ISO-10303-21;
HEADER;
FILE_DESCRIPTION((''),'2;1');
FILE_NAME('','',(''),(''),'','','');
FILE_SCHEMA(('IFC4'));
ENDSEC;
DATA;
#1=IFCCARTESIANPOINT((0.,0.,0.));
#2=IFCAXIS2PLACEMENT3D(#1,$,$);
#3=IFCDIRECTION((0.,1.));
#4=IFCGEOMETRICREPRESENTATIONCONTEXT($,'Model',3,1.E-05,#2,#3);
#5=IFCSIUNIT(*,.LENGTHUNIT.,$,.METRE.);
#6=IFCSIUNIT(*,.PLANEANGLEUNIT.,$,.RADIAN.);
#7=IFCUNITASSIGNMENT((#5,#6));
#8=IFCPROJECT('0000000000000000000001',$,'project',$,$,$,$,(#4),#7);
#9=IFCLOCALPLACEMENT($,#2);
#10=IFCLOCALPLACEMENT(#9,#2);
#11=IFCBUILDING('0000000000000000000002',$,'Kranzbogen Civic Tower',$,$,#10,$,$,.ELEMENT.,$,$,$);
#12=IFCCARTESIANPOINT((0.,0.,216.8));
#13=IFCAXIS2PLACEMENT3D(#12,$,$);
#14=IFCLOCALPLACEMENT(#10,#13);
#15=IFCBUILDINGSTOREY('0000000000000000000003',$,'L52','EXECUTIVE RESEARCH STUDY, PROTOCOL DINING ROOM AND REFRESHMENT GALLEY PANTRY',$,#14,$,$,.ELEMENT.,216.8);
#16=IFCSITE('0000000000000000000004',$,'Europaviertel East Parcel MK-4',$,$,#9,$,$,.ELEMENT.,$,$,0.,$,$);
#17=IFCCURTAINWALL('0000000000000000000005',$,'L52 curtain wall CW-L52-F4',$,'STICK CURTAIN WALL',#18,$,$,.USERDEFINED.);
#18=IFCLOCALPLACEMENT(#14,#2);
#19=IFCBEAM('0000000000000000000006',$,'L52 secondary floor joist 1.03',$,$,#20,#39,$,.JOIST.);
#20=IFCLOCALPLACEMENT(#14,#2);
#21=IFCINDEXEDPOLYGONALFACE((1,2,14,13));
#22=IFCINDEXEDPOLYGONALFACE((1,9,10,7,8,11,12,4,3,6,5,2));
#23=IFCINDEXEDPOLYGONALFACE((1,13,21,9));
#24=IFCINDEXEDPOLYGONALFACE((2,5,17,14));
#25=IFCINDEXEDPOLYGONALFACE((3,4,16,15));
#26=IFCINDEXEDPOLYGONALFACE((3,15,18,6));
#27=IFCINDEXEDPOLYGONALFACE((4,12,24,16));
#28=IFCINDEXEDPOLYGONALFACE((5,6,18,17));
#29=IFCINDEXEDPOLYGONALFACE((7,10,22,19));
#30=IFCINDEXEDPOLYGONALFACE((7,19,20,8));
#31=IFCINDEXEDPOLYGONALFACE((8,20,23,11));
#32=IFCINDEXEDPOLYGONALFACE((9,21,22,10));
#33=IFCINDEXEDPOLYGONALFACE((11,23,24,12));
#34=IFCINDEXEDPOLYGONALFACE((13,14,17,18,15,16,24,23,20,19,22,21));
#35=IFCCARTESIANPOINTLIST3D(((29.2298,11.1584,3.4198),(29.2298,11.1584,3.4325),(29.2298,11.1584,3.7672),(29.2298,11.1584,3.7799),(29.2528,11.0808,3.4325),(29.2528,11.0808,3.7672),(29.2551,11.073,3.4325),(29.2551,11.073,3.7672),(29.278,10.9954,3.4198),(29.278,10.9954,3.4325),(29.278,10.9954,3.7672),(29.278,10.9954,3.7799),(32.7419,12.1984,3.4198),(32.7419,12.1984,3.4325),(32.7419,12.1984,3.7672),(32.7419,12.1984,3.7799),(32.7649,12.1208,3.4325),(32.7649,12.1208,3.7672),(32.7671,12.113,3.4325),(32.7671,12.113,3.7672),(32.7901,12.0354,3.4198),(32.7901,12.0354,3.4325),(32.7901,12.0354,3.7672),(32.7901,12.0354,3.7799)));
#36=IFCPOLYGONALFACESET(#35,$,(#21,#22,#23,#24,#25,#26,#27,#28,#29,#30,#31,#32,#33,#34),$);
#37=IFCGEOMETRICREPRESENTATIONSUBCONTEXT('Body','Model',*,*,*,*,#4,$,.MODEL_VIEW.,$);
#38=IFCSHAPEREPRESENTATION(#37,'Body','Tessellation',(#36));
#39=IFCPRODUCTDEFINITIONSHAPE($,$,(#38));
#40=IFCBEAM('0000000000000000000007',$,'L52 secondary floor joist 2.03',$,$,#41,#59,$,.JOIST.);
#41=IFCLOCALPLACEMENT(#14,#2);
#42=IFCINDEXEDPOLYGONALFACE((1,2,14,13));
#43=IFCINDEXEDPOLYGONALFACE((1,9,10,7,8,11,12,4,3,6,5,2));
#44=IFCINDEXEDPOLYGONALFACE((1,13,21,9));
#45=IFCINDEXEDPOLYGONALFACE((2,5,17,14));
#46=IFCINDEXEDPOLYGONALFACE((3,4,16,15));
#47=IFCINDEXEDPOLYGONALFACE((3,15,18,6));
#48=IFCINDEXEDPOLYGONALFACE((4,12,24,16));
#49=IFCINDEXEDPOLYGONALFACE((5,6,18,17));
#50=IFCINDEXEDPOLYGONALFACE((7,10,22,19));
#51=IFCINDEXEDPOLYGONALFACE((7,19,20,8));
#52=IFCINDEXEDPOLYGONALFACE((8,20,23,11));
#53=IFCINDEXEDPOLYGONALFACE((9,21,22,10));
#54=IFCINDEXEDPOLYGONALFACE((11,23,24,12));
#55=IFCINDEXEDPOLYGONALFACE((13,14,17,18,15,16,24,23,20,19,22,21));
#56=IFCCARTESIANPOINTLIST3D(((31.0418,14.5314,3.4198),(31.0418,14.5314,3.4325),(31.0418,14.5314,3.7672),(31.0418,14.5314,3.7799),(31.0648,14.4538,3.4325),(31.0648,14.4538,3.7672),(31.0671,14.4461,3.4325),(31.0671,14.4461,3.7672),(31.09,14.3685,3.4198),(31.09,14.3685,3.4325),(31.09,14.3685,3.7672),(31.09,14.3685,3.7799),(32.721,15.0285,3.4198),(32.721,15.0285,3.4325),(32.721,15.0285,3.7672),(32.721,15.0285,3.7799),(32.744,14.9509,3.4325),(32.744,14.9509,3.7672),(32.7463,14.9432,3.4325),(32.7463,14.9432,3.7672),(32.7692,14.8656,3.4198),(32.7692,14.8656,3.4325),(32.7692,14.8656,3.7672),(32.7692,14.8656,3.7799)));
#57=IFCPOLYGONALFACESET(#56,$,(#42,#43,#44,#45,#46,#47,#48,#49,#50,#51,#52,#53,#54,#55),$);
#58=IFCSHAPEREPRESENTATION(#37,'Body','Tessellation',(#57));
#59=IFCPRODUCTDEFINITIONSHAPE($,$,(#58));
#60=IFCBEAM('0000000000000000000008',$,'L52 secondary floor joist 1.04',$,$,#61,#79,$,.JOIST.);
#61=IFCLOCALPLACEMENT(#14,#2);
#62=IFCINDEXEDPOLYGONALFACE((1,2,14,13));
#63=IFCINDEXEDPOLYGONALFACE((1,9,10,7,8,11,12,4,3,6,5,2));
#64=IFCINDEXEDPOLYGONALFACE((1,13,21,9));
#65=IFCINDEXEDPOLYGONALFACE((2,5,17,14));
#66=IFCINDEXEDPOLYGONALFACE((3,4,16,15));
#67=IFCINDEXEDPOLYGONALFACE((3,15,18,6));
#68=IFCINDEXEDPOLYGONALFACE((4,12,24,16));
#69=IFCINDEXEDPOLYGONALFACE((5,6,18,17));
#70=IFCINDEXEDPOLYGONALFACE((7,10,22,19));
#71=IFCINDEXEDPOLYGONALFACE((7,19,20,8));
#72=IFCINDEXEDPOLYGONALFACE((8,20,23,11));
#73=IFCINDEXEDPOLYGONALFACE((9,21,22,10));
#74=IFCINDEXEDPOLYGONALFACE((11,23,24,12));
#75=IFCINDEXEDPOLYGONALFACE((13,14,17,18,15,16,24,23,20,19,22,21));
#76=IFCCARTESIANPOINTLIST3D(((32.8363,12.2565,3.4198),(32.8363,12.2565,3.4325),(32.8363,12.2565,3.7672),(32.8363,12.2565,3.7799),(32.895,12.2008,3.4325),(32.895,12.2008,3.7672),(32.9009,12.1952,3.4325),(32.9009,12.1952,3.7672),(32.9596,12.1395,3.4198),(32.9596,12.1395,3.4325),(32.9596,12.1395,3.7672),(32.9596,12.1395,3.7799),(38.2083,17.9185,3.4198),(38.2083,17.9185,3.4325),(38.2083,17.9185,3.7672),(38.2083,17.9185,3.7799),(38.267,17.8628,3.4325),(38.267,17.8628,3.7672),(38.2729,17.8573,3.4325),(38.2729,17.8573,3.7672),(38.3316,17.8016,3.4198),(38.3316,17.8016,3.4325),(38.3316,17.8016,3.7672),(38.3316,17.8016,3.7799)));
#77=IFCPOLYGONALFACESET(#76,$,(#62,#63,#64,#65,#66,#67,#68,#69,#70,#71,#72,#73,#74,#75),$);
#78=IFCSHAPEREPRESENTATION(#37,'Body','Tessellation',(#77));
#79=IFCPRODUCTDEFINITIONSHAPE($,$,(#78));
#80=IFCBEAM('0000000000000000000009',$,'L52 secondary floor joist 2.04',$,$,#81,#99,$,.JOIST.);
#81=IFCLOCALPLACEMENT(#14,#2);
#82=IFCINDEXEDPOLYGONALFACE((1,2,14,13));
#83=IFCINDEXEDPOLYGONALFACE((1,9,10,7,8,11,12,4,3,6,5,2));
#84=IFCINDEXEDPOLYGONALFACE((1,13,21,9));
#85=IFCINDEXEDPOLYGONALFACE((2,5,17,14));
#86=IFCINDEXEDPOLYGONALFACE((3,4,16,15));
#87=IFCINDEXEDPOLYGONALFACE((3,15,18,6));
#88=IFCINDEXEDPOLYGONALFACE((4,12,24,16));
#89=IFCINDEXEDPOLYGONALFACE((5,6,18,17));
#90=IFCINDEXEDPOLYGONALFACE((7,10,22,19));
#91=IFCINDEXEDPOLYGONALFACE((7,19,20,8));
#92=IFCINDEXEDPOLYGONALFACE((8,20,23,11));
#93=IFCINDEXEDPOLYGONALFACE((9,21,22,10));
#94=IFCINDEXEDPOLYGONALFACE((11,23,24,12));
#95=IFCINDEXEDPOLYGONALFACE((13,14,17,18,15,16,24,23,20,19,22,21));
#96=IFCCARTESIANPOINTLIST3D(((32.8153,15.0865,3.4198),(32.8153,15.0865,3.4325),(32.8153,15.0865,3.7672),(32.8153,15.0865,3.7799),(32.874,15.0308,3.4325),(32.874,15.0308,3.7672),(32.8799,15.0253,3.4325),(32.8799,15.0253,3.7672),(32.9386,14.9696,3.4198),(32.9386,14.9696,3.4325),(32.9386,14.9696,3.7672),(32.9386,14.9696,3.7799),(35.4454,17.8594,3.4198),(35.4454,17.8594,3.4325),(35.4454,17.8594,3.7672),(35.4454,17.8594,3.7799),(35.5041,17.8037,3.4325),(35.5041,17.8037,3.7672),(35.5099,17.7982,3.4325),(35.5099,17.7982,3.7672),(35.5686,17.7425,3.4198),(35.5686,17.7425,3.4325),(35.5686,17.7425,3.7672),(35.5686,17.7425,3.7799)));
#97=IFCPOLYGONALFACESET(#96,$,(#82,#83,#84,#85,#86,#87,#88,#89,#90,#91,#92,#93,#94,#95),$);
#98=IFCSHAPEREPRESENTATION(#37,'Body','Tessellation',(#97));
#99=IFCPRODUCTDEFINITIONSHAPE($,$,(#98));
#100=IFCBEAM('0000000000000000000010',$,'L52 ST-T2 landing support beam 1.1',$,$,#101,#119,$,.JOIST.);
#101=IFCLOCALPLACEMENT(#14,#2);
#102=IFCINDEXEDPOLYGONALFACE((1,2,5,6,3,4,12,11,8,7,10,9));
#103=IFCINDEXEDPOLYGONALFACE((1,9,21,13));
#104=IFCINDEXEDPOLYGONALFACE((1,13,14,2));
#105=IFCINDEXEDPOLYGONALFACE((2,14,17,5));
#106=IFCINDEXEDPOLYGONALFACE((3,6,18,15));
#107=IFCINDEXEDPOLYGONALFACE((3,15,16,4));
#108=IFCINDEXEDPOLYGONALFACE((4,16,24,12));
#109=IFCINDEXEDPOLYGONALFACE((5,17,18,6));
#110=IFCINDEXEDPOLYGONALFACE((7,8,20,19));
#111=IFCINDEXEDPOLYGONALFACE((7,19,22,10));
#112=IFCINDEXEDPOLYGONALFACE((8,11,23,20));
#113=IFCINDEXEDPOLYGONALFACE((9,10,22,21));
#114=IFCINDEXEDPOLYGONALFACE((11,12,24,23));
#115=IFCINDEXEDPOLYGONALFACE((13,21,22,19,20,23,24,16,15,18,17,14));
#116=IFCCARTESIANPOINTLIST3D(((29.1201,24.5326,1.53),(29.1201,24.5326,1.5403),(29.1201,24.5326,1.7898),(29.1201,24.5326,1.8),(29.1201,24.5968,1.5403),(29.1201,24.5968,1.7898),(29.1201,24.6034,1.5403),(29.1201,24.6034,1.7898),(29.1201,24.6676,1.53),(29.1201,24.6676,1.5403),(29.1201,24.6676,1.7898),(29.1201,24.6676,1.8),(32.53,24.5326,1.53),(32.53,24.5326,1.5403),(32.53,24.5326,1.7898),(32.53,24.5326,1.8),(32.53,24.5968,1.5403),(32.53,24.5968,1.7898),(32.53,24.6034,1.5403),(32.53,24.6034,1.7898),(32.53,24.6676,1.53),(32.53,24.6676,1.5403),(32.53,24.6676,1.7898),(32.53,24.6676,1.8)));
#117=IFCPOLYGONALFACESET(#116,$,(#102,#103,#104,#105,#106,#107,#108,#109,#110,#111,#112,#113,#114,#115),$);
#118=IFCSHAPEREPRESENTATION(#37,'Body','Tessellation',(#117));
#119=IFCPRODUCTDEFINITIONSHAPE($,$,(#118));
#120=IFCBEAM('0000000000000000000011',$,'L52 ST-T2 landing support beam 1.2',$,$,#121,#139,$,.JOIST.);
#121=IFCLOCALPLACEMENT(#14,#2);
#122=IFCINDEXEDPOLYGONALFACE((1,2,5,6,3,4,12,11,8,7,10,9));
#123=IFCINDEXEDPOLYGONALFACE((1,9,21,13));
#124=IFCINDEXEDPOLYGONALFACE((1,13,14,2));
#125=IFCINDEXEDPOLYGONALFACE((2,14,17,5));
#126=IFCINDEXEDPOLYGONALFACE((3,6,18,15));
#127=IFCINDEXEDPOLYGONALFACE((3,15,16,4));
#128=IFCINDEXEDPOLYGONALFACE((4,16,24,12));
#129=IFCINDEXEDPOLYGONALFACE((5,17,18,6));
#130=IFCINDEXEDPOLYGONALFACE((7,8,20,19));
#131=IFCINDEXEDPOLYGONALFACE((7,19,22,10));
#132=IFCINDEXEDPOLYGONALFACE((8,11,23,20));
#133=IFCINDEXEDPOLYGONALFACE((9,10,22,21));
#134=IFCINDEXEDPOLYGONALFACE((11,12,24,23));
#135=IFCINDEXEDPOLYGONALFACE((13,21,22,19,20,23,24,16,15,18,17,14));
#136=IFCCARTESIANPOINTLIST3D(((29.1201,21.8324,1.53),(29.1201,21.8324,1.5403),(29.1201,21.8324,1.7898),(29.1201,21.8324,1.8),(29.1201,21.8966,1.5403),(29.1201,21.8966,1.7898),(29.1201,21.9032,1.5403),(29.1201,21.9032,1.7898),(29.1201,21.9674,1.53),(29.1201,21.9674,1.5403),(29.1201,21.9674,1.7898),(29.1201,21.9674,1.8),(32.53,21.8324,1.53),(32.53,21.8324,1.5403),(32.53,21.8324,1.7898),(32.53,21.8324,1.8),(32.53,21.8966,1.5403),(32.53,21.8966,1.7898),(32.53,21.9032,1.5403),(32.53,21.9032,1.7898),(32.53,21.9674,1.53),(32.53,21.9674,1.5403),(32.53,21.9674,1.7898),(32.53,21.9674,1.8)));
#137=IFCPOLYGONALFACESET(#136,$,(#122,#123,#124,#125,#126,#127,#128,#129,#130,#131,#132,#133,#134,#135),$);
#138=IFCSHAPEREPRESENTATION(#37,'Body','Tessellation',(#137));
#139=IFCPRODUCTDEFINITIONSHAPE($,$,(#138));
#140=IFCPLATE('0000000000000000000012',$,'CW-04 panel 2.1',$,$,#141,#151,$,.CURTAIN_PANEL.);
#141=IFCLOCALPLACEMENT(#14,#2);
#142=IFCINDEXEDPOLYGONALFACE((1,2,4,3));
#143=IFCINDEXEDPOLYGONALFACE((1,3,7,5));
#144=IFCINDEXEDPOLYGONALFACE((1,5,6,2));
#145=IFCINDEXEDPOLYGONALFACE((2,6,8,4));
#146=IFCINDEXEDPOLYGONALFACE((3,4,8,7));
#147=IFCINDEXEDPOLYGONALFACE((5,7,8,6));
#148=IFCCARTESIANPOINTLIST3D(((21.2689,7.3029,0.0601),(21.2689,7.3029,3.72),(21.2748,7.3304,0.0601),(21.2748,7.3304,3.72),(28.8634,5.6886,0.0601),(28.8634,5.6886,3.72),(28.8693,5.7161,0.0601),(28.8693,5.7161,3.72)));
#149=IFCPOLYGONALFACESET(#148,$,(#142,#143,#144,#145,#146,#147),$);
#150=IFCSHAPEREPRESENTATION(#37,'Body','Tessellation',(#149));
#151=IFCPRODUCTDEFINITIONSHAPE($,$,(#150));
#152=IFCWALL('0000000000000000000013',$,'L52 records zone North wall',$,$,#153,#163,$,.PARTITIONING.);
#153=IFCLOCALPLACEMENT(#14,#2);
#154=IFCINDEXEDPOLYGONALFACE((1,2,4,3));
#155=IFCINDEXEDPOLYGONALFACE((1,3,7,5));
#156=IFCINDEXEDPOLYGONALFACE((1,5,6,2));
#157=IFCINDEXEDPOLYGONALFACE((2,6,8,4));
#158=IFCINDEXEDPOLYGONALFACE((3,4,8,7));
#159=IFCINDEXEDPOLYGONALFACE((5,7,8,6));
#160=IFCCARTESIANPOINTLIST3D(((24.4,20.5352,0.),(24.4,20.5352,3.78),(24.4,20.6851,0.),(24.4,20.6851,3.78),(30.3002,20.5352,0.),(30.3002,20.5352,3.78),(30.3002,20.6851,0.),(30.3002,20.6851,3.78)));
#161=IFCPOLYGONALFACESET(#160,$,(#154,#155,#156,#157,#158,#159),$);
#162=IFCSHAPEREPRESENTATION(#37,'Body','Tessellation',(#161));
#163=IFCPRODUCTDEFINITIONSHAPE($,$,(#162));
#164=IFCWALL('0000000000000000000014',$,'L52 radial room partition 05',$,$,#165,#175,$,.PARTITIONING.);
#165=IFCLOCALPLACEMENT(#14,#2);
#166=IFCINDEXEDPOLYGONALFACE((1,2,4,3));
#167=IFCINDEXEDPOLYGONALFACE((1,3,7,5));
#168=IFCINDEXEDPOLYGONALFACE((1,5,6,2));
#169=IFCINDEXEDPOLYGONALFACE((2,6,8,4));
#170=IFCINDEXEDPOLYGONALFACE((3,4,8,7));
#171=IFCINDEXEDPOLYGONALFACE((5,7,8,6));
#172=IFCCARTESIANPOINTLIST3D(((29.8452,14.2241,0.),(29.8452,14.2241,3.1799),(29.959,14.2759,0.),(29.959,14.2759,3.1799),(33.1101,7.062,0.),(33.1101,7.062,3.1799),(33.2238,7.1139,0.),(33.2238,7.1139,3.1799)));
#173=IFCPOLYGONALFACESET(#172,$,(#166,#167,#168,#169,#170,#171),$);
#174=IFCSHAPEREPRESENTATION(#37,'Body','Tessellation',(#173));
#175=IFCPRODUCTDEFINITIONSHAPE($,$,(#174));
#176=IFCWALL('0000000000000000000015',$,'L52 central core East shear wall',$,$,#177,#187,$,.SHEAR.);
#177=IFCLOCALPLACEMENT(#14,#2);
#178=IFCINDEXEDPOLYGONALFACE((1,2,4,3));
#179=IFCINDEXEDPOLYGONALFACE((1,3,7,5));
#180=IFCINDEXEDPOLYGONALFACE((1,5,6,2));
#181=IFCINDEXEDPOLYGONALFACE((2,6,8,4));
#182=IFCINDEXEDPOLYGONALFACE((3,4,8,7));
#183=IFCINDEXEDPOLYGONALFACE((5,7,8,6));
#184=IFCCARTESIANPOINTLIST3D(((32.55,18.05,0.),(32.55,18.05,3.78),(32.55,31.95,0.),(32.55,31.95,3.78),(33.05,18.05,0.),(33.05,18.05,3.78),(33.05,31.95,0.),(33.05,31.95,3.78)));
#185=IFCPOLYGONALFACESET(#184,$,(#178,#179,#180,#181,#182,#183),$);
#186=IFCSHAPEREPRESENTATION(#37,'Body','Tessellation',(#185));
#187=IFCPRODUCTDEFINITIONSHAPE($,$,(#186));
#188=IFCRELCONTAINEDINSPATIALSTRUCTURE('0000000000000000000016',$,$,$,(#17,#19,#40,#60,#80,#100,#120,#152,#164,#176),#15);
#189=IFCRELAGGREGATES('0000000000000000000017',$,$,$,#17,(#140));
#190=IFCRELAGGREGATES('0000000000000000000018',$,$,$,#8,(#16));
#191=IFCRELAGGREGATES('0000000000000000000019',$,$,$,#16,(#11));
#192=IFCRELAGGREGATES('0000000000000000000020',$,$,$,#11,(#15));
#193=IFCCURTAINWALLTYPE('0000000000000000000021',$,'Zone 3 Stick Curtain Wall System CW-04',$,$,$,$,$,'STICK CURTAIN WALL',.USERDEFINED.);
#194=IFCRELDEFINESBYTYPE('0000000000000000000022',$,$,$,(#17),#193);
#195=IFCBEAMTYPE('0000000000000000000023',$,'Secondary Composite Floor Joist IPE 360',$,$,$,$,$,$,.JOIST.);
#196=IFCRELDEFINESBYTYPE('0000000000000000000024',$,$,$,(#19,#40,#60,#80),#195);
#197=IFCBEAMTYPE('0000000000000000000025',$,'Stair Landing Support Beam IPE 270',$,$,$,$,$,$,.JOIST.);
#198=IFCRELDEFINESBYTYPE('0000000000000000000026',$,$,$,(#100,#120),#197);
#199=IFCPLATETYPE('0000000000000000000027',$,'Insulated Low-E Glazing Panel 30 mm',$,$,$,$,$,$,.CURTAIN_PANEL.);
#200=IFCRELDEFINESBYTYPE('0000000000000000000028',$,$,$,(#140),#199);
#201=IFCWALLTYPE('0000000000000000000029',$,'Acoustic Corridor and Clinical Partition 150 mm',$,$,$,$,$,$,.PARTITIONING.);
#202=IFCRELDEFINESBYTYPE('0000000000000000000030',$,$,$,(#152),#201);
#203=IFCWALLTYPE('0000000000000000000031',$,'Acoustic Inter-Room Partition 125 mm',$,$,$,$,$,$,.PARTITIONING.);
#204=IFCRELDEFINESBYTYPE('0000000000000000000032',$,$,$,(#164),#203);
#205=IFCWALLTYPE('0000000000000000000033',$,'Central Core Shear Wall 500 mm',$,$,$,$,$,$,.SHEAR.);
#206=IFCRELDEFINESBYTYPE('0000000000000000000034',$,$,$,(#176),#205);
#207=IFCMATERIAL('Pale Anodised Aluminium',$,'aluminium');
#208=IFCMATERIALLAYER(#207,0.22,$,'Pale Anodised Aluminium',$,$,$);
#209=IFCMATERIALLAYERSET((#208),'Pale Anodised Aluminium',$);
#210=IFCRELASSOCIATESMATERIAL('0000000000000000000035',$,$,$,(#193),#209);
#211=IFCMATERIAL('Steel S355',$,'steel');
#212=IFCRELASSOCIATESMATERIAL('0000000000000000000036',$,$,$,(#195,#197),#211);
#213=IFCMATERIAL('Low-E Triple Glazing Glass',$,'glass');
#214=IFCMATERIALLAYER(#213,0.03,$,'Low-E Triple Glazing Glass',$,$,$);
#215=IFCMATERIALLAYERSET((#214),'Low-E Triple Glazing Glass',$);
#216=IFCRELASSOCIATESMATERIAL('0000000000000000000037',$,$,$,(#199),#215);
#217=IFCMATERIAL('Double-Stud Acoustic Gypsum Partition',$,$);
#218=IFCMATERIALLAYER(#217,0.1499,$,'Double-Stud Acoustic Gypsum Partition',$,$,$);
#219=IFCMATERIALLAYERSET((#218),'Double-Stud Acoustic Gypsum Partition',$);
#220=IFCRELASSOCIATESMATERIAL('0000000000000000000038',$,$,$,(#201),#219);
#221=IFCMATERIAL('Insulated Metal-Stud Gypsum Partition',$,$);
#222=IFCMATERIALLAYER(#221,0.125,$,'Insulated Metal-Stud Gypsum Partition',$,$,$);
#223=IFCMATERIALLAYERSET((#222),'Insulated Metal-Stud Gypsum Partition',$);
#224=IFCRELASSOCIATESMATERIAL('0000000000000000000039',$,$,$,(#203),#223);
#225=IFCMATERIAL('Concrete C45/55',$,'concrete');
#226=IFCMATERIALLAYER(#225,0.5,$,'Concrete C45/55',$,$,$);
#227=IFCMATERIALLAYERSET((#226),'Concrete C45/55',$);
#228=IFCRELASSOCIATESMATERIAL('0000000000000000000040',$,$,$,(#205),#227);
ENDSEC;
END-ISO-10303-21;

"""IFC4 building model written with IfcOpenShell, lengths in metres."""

from ifc_helpers import new_model, si_unit, direction, frame, frame_2d, origin, origin_2d, place, context, subcontext, project, spatial, rectangle, i_section, extrude, material, layer, layer_set, material_profile, profile_set, type_object, element, aggregate, save


model = new_model("IFC4")

# Units and contexts
model_context = context("Model", 3, precision=1e-05, world=origin(), true_north=direction((0.0, 1.0)))
body_context = subcontext(model_context, "Body", "Model", "MODEL_VIEW")
ifc_project = project(units=[si_unit("LENGTHUNIT", "METRE"), si_unit("PLANEANGLEUNIT", "RADIAN")], contexts=[model_context])

# Site, building, storey
site_placement = place(None, origin())
site = spatial("IfcSite", under=ifc_project, at=site_placement, Name="Europaviertel East Parcel MK-4", CompositionType="ELEMENT", RefElevation=0.0)
building_placement = place(site_placement, origin())
building = spatial("IfcBuilding", under=site, at=building_placement, Name="Kranzbogen Civic Tower", CompositionType="ELEMENT")
storey_placement = place(building_placement, frame((0.0, 0.0, 216.8)))
storey = spatial("IfcBuildingStorey", under=building, at=storey_placement, Name="L52", Description="EXECUTIVE RESEARCH STUDY, PROTOCOL DINING ROOM AND REFRESHMENT GALLEY PANTRY", CompositionType="ELEMENT", Elevation=216.8)

# Shared definitions
ifc_material_1 = material(Name="Steel S355", Category="steel")

# Curtain wall
ifc_material_2 = material(Name="Pale Anodised Aluminium", Category="aluminium")
ifc_layer_1 = layer(ifc_material_2, 0.22, Name="Pale Anodised Aluminium")
ifc_layer_set_1 = layer_set([ifc_layer_1], Name="Pale Anodised Aluminium")
curtain_wall_type = type_object("IfcCurtainWallType", Name="Zone 3 Stick Curtain Wall System CW-04", ElementType="STICK CURTAIN WALL", PredefinedType="USERDEFINED", material=ifc_layer_set_1)
curtain_wall_placement = place(storey_placement, origin())
curtain_wall = element("IfcCurtainWall", 1, at=curtain_wall_placement, inside=storey, type_object=curtain_wall_type, Name="L52 curtain wall CW-L52-F4", ObjectType="STICK CURTAIN WALL", PredefinedType="USERDEFINED")

# Beams
ifc_material_profile_1 = material_profile(ifc_material_1, i_section(OverallWidth=0.1699, OverallDepth=0.3601, WebThickness=0.0081, FlangeThickness=0.0127, at=origin_2d()), Name="IPE 360")
ifc_profile_set_1 = profile_set([ifc_material_profile_1], Name="Steel S355")
beam_type_1 = type_object("IfcBeamType", Name="Secondary Composite Floor Joist IPE 360", PredefinedType="JOIST", material=ifc_profile_set_1)
beam_1_placement = place(storey_placement, frame((29.2539, 11.0769, 3.5999), z_axis=(0.958844, 0.283934, 0.0), x_axis=(-0.283934, 0.958844, 0.0)))
element("IfcBeam", 2, at=beam_1_placement, inside=storey, type_object=beam_type_1, Name="L52 secondary floor joist 1.03", PredefinedType="JOIST", context=body_context, shape_type="SweptSolid", body=[
    extrude(i_section(OverallWidth=0.1699, OverallDepth=0.3601, WebThickness=0.0081, FlangeThickness=0.0127, at=origin_2d()), origin(), (0.0, 0.0, 1.0), 3.6628),
])
beam_2_placement = place(storey_placement, frame((31.0659, 14.45, 3.5999), z_axis=(0.958871, 0.283841, 0.0), x_axis=(-0.283841, 0.958871, 0.0)))
element("IfcBeam", 3, at=beam_2_placement, inside=storey, type_object=beam_type_1, Name="L52 secondary floor joist 2.03", PredefinedType="JOIST", context=body_context, shape_type="SweptSolid", body=[
    extrude(i_section(OverallWidth=0.1699, OverallDepth=0.3601, WebThickness=0.0081, FlangeThickness=0.0127, at=origin_2d()), origin(), (0.0, 0.0, 1.0), 1.7512),
])
beam_3_placement = place(storey_placement, frame((32.8979, 12.198, 3.5999), z_axis=(0.688282, 0.725443, 0.0), x_axis=(-0.725443, 0.688282, 0.0)))
element("IfcBeam", 4, at=beam_3_placement, inside=storey, type_object=beam_type_1, Name="L52 secondary floor joist 1.04", PredefinedType="JOIST", context=body_context, shape_type="SweptSolid", body=[
    extrude(i_section(OverallWidth=0.1699, OverallDepth=0.3601, WebThickness=0.0081, FlangeThickness=0.0127, at=origin_2d()), origin(), (0.0, 0.0, 1.0), 7.8049),
])
beam_4_placement = place(storey_placement, frame((32.877, 15.0281, 3.5999), z_axis=(0.688175, 0.725545, 0.0), x_axis=(-0.725545, 0.688175, 0.0)))
element("IfcBeam", 5, at=beam_4_placement, inside=storey, type_object=beam_type_1, Name="L52 secondary floor joist 2.04", PredefinedType="JOIST", context=body_context, shape_type="SweptSolid", body=[
    extrude(i_section(OverallWidth=0.1699, OverallDepth=0.3601, WebThickness=0.0081, FlangeThickness=0.0127, at=origin_2d()), origin(), (0.0, 0.0, 1.0), 3.8218),
])
ifc_material_profile_2 = material_profile(ifc_material_1, i_section(OverallWidth=0.135, OverallDepth=0.27, WebThickness=0.0066, FlangeThickness=0.0103, at=origin_2d()), Name="IPE 270")
ifc_profile_set_2 = profile_set([ifc_material_profile_2], Name="Steel S355")
beam_type_2 = type_object("IfcBeamType", Name="Stair Landing Support Beam IPE 270", PredefinedType="JOIST", material=ifc_profile_set_2)
for number, where, z_axis, x_axis, name in (
    (6, (29.1201, 24.6001, 1.665), (1.0, 0.0, 0.0), (0.0, 1.0, 0.0), "L52 ST-T2 landing support beam 1.1"),
    (7, (29.1201, 21.8999, 1.665), (1.0, 0.0, 0.0), (0.0, 1.0, 0.0), "L52 ST-T2 landing support beam 1.2"),
):
    element("IfcBeam", number, at=place(storey_placement, frame(where, z_axis=z_axis, x_axis=x_axis)), inside=storey, type_object=beam_type_2, Name=name, PredefinedType="JOIST", context=body_context, shape_type="SweptSolid", body=[
        extrude(i_section(OverallWidth=0.135, OverallDepth=0.27, WebThickness=0.0066, FlangeThickness=0.0103, at=origin_2d()), origin(), (0.0, 0.0, 1.0), 3.4099),
    ])

# Plate
ifc_material_3 = material(Name="Low-E Triple Glazing Glass", Category="glass")
ifc_layer_2 = layer(ifc_material_3, 0.03, Name="Low-E Triple Glazing Glass")
ifc_layer_set_2 = layer_set([ifc_layer_2], Name="Low-E Triple Glazing Glass")
plate_type = type_object("IfcPlateType", Name="Insulated Low-E Glazing Panel 30 mm", PredefinedType="CURTAIN_PANEL", material=ifc_layer_set_2)
plate_placement = place(storey_placement, frame((25.0691, 6.5095, 0.0601), z_axis=(0.0, 0.0, 1.0), x_axis=(0.978147, -0.207916, 0.0)))
plate = element("IfcPlate", 8, at=plate_placement, type_object=plate_type, Name="CW-04 panel 2.1", PredefinedType="CURTAIN_PANEL", context=body_context, shape_type="SweptSolid", body=[
    extrude(rectangle(XDim=7.7642, YDim=0.0281, at=origin_2d()), origin(), (0.0, 0.0, 1.0), 3.6599),
])
aggregate(curtain_wall, [plate])

# Walls
ifc_material_4 = material(Name="Double-Stud Acoustic Gypsum Partition")
ifc_layer_3 = layer(ifc_material_4, 0.1499, Name="Double-Stud Acoustic Gypsum Partition")
ifc_layer_set_3 = layer_set([ifc_layer_3], Name="Double-Stud Acoustic Gypsum Partition")
wall_type_1 = type_object("IfcWallType", Name="Acoustic Corridor and Clinical Partition 150 mm", PredefinedType="PARTITIONING", material=ifc_layer_set_3)
wall_1_placement = place(storey_placement, frame((24.3999, 20.6101, 0.0), z_axis=(0.0, 0.0, 1.0), x_axis=(1.0, 0.0, 0.0)))
element("IfcWall", 9, at=wall_1_placement, inside=storey, type_object=wall_type_1, Name="L52 records zone North wall", PredefinedType="PARTITIONING", context=body_context, shape_type="SweptSolid", body=[
    extrude(rectangle(XDim=5.9001, YDim=0.1499, at=frame_2d((2.9502, 0.0))), origin(), (0.0, 0.0, 1.0), 3.78),
])
ifc_material_5 = material(Name="Insulated Metal-Stud Gypsum Partition")
ifc_layer_4 = layer(ifc_material_5, 0.125, Name="Insulated Metal-Stud Gypsum Partition")
ifc_layer_set_4 = layer_set([ifc_layer_4], Name="Insulated Metal-Stud Gypsum Partition")
wall_type_2 = type_object("IfcWallType", Name="Acoustic Inter-Room Partition 125 mm", PredefinedType="PARTITIONING", material=ifc_layer_set_4)
wall_2_placement = place(storey_placement, frame((29.9021, 14.25, 0.0), z_axis=(0.0, 0.0, 1.0), x_axis=(0.414791, -0.909917, 0.0)))
element("IfcWall", 10, at=wall_2_placement, inside=storey, type_object=wall_type_2, Name="L52 radial room partition 05", PredefinedType="PARTITIONING", context=body_context, shape_type="SweptSolid", body=[
    extrude(rectangle(XDim=7.8711, YDim=0.125, at=frame_2d((3.9355, 0.0))), origin(), (0.0, 0.0, 1.0), 3.1799),
])
ifc_material_6 = material(Name="Concrete C45/55", Category="concrete")
ifc_layer_5 = layer(ifc_material_6, 0.5, Name="Concrete C45/55")
ifc_layer_set_5 = layer_set([ifc_layer_5], Name="Concrete C45/55")
wall_type_3 = type_object("IfcWallType", Name="Central Core Shear Wall 500 mm", PredefinedType="SHEAR", material=ifc_layer_set_5)
wall_3_placement = place(storey_placement, frame((32.8, 18.05, 0.0), z_axis=(0.0, 0.0, 1.0), x_axis=(0.0, 1.0, 0.0)))
element("IfcWall", 11, at=wall_3_placement, inside=storey, type_object=wall_type_3, Name="L52 central core East shear wall", PredefinedType="SHEAR", context=body_context, shape_type="SweptSolid", body=[
    extrude(rectangle(XDim=13.8999, YDim=0.5, at=frame_2d((6.95, 0.0))), origin(), (0.0, 0.0, 1.0), 3.78),
])

save(model, "model.ifc")
